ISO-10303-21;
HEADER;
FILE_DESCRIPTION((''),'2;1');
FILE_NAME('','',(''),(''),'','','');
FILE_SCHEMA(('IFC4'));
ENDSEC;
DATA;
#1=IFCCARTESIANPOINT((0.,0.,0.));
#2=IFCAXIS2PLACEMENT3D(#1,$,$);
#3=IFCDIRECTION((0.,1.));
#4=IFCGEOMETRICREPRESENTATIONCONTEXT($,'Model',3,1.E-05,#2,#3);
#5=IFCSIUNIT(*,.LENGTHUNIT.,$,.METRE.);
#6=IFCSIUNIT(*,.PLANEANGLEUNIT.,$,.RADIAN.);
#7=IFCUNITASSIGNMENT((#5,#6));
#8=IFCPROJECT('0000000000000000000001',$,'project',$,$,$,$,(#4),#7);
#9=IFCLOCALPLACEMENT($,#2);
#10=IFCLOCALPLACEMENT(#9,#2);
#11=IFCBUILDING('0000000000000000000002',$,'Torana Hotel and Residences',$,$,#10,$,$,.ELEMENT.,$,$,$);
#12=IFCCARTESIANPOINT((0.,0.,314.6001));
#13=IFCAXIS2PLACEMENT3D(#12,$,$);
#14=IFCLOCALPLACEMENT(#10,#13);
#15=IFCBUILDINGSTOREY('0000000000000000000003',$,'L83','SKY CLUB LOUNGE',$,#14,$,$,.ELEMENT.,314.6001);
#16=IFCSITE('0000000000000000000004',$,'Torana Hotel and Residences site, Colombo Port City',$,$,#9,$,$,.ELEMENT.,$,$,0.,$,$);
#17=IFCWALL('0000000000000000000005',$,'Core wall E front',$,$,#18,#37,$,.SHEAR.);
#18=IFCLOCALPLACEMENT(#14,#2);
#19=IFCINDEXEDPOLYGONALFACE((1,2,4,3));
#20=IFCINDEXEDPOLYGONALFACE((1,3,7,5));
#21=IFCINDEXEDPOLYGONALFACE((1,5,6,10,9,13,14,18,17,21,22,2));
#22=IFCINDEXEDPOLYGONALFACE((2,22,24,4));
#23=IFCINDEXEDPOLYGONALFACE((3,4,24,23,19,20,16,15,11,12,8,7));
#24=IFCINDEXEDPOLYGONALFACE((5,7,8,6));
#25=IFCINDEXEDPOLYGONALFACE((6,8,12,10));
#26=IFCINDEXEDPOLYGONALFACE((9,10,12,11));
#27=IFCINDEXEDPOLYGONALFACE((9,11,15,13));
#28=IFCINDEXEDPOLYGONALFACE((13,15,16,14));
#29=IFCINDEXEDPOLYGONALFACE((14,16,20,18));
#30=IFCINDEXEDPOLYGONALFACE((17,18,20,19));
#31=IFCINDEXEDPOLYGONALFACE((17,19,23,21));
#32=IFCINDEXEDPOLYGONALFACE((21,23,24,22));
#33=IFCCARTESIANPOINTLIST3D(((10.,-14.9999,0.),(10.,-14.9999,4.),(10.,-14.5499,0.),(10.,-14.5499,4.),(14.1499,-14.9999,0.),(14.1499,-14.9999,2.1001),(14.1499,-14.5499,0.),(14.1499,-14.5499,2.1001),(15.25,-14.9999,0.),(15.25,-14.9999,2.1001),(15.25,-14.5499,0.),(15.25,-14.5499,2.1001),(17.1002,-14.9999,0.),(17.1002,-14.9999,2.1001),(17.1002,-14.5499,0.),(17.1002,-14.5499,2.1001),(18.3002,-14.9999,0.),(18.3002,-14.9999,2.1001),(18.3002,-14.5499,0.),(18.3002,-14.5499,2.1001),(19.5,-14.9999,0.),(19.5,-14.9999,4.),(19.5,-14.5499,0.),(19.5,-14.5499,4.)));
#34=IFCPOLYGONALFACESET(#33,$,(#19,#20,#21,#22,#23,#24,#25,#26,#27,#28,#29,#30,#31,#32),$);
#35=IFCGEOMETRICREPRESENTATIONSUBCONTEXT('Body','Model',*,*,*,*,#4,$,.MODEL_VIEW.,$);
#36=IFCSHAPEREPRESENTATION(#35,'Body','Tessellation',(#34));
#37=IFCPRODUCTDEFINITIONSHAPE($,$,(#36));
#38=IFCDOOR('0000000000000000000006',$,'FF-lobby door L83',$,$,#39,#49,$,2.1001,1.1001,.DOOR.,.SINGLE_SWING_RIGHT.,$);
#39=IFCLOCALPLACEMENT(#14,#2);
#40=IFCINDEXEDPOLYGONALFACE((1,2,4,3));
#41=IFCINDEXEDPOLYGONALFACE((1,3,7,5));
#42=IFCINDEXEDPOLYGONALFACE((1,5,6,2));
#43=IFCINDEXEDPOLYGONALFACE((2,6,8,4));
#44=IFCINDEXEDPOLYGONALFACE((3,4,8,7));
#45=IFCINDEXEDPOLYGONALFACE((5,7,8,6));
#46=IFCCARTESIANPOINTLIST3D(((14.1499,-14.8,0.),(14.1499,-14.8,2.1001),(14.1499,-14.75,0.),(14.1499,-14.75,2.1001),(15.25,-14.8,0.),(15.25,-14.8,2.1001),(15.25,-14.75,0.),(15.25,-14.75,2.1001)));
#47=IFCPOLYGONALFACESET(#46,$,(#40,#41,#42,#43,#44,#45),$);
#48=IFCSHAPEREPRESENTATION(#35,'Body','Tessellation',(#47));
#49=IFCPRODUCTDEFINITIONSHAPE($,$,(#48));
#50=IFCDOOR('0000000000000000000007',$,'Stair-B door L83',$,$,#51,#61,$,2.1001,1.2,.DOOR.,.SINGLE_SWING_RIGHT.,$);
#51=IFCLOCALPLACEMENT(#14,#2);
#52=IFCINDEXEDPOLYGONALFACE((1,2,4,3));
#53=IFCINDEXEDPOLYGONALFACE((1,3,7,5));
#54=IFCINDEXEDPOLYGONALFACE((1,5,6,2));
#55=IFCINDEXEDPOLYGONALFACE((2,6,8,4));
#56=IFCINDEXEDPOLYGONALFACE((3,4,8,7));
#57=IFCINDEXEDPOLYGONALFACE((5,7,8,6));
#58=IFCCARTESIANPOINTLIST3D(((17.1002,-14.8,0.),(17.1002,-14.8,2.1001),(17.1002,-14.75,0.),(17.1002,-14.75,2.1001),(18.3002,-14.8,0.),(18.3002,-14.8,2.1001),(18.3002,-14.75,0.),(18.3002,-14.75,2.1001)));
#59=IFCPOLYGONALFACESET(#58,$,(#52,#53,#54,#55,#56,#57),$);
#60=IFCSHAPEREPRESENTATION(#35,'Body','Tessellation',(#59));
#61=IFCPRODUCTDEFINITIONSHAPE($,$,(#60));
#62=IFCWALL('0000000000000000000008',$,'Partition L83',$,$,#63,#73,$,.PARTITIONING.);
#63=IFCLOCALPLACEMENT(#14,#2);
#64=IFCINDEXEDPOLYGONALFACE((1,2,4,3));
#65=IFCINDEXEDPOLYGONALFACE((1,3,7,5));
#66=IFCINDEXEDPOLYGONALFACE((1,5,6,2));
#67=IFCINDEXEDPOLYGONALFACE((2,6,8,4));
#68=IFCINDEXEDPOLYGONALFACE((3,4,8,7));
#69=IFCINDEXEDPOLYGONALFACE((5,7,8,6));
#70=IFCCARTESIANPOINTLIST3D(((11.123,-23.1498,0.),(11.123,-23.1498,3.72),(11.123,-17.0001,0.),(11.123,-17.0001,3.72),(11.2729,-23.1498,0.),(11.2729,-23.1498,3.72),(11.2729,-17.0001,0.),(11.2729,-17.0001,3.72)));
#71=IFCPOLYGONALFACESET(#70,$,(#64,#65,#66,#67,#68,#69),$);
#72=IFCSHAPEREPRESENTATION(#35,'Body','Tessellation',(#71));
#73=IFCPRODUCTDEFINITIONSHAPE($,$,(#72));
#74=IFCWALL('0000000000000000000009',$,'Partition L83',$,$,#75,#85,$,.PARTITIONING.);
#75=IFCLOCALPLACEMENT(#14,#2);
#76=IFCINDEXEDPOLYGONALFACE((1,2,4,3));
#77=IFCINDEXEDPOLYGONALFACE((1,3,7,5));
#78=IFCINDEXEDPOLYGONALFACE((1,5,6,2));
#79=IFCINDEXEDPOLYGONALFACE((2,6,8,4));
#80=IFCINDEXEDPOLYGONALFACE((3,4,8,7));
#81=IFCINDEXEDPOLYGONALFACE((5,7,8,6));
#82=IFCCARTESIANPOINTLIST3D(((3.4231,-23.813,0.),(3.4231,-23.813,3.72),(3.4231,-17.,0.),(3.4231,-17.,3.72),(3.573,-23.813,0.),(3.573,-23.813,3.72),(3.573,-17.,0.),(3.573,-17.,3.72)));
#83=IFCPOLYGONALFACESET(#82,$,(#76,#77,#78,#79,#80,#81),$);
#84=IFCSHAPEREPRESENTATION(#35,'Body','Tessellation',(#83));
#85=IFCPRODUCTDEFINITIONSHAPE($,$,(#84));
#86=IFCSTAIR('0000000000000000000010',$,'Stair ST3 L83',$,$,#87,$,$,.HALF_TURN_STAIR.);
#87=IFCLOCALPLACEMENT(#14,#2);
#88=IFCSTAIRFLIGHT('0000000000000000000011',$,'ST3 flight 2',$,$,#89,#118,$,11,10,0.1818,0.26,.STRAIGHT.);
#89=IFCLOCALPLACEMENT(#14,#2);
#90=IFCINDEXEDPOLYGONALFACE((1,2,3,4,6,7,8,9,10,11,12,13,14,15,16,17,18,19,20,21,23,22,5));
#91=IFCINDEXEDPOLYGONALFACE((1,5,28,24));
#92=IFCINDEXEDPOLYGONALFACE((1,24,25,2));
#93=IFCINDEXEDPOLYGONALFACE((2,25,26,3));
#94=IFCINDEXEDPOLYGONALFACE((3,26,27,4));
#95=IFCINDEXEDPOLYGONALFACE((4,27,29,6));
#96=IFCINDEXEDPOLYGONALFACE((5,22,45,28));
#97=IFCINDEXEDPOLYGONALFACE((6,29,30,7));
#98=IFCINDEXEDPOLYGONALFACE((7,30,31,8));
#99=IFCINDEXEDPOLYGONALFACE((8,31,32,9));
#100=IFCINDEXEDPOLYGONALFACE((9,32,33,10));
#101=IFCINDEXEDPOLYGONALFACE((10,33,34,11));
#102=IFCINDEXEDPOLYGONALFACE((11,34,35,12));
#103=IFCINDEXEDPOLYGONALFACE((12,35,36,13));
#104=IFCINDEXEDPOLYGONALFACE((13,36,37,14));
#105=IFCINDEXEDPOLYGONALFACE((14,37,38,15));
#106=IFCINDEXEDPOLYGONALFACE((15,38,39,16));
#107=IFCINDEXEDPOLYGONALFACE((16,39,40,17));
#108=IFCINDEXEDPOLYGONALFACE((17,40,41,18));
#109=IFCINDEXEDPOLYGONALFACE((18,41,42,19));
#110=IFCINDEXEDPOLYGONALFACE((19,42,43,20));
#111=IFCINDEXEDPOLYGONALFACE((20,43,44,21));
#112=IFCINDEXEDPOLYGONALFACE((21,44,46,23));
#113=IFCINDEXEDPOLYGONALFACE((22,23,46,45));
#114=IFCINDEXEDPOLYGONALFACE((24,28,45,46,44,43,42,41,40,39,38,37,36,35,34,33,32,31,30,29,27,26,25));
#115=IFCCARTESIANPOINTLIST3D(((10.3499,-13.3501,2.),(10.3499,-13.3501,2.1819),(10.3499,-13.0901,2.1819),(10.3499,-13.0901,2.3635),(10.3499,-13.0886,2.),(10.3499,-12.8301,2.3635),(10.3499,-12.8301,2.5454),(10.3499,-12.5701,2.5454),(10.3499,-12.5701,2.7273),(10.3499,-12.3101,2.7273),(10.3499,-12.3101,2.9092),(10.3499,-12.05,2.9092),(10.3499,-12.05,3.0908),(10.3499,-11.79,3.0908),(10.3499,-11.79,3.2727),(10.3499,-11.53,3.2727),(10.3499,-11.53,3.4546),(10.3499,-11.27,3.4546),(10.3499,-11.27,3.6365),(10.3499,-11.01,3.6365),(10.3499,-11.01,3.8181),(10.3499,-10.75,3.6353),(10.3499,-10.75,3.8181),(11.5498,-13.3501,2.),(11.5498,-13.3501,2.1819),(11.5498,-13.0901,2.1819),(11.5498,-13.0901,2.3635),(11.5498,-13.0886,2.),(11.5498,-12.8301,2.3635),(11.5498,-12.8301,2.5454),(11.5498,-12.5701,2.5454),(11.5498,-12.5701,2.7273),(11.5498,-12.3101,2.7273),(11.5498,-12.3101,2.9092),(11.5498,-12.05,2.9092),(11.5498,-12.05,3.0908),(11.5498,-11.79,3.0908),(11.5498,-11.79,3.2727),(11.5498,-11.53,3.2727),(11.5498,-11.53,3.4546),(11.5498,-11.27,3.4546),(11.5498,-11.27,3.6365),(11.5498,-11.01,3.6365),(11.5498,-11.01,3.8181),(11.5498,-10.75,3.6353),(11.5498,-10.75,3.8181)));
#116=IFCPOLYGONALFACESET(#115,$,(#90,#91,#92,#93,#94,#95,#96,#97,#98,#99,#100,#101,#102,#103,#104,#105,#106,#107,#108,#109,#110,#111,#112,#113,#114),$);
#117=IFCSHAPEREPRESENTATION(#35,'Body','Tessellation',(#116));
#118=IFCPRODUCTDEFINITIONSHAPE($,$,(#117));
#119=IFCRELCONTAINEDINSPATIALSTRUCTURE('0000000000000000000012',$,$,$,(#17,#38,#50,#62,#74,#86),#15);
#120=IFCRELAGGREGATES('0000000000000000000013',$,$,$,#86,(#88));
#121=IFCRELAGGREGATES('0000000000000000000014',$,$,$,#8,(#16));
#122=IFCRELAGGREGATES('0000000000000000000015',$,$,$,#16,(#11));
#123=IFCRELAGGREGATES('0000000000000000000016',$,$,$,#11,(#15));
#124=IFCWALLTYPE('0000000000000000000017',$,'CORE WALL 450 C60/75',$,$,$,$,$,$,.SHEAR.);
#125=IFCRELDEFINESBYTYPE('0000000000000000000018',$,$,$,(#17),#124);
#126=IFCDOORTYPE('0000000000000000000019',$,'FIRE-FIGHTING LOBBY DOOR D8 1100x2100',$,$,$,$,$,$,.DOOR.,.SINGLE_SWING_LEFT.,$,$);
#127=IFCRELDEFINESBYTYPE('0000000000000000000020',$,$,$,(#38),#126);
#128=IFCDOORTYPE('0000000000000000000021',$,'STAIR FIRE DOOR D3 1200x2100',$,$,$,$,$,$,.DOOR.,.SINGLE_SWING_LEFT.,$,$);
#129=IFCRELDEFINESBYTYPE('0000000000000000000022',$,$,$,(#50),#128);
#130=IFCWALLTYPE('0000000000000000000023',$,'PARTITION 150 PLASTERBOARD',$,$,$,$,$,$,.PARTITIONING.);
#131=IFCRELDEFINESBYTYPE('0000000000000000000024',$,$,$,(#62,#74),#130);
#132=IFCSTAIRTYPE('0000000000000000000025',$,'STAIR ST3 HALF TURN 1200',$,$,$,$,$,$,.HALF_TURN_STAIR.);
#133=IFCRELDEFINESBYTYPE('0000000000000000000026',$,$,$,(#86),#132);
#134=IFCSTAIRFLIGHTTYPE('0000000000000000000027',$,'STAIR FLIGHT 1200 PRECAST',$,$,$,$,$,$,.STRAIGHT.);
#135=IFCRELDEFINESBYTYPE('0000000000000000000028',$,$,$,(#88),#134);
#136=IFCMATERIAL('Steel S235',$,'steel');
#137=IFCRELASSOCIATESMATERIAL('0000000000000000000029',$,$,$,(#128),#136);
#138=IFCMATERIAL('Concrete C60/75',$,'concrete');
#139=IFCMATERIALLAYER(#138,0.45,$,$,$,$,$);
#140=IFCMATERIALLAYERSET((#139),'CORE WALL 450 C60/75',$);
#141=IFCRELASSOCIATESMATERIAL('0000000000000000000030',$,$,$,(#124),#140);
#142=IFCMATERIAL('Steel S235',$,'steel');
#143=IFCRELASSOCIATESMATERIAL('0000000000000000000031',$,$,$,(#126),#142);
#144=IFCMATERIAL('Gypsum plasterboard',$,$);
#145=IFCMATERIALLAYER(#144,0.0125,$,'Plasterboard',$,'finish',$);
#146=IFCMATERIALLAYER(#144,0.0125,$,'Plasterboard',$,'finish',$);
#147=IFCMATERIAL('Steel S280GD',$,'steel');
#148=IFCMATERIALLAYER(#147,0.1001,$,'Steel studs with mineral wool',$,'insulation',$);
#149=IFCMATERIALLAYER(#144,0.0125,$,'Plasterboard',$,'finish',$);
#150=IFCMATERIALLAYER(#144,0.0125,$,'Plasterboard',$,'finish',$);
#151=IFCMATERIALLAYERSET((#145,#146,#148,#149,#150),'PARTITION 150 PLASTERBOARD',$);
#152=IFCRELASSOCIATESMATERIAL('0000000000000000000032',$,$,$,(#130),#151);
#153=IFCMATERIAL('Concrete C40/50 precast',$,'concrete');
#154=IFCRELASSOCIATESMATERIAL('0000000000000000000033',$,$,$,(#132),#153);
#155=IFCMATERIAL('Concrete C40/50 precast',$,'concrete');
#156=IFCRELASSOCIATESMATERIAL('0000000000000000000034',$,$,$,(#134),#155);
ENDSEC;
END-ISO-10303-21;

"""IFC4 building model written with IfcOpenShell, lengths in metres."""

from ifc_helpers import new_model, si_unit, direction, frame, frame_2d, origin, place, context, subcontext, project, spatial, polyline, rectangle, outline, extrude, material, layer, layer_set, type_object, element, fill, aggregate, save


model = new_model("IFC4")

# Units and contexts
model_context = context("Model", 3, precision=1e-05, world=origin(), true_north=direction((0.0, 1.0)))
body_context = subcontext(model_context, "Body", "Model", "MODEL_VIEW")
ifc_project = project(units=[si_unit("LENGTHUNIT", "METRE"), si_unit("PLANEANGLEUNIT", "RADIAN")], contexts=[model_context])

# Site, building, storey
site_placement = place(None, origin())
site = spatial("IfcSite", under=ifc_project, at=site_placement, Name="Torana Hotel and Residences site, Colombo Port City", CompositionType="ELEMENT", RefElevation=0.0)
building_placement = place(site_placement, origin())
building = spatial("IfcBuilding", under=site, at=building_placement, Name="Torana Hotel and Residences", CompositionType="ELEMENT")
storey_placement = place(building_placement, frame((0.0, 0.0, 314.6001)))
storey = spatial("IfcBuildingStorey", under=building, at=storey_placement, Name="L83", Description="SKY CLUB LOUNGE", CompositionType="ELEMENT", Elevation=314.6001)

# Wall, openings, doors
ifc_material_1 = material(Name="Steel S235", Category="steel")
door_type_1 = type_object("IfcDoorType", Name="STAIR FIRE DOOR D3 1200x2100", OperationType="SINGLE_SWING_LEFT", PredefinedType="DOOR", material=ifc_material_1)
ifc_material_2 = material(Name="Concrete C60/75", Category="concrete")
ifc_layer_1 = layer(ifc_material_2, 0.45)
ifc_layer_set_1 = layer_set([ifc_layer_1], Name="CORE WALL 450 C60/75")
wall_type_1 = type_object("IfcWallType", Name="CORE WALL 450 C60/75", PredefinedType="SHEAR", material=ifc_layer_set_1)
wall_1_placement = place(storey_placement, frame((10.0, -14.7749, 0.0), z_axis=(0.0, 0.0, 1.0), x_axis=(1.0, 0.0, 0.0)))
wall_1 = element("IfcWall", 1, at=wall_1_placement, inside=storey, type_object=wall_type_1, Name="Core wall E front", PredefinedType="SHEAR", context=body_context, shape_type="SweptSolid", body=[
    extrude(rectangle(XDim=9.5, YDim=0.45, at=frame_2d((4.75, 0.0))), origin(), (0.0, 0.0, 1.0), 4.0),
])
opening_1_placement = place(wall_1_placement, frame((7.1001, 0.0, 0.0)))
opening_1 = element("IfcOpeningElement", 2, at=opening_1_placement, cuts=wall_1, PredefinedType="OPENING", context=body_context, shape_type="SweptSolid", body=[
    extrude(rectangle(XDim=1.2, YDim=2.1001, at=frame_2d((0.6001, 1.05))), frame((0.0, 0.2349, 0.0), z_axis=(0.0, -1.0, 0.0), x_axis=(1.0, 0.0, 0.0)), (0.0, 0.0, 1.0), 0.47),
])
opening_2_placement = place(wall_1_placement, frame((4.1499, 0.0, 0.0)))
opening_2 = element("IfcOpeningElement", 3, at=opening_2_placement, cuts=wall_1, PredefinedType="OPENING", context=body_context, shape_type="SweptSolid", body=[
    extrude(rectangle(XDim=1.1001, YDim=2.1001, at=frame_2d((0.55, 1.05))), frame((0.0, 0.2349, 0.0), z_axis=(0.0, -1.0, 0.0), x_axis=(1.0, 0.0, 0.0)), (0.0, 0.0, 1.0), 0.47),
])
ifc_material_3 = material(Name="Steel S235", Category="steel")
door_type_2 = type_object("IfcDoorType", Name="FIRE-FIGHTING LOBBY DOOR D8 1100x2100", OperationType="SINGLE_SWING_LEFT", PredefinedType="DOOR", material=ifc_material_3)
door_1_placement = place(opening_2_placement, origin())
door_1 = element("IfcDoor", 4, at=door_1_placement, inside=storey, type_object=door_type_2, Name="FF-lobby door L83", OperationType="SINGLE_SWING_RIGHT", OverallHeight=2.1001, OverallWidth=1.1001, PredefinedType="DOOR", context=body_context, shape_type="SweptSolid", body=[
    extrude(rectangle(XDim=1.1001, YDim=2.1001, at=frame_2d((0.55, 1.05))), frame((0.0, 0.0249, 0.0), z_axis=(0.0, -1.0, 0.0), x_axis=(1.0, 0.0, 0.0)), (0.0, 0.0, 1.0), 0.05),
])
fill(opening_2, door_1)
door_2_placement = place(opening_1_placement, origin())
door_2 = element("IfcDoor", 5, at=door_2_placement, inside=storey, type_object=door_type_1, Name="Stair-B door L83", OperationType="SINGLE_SWING_RIGHT", OverallHeight=2.1001, OverallWidth=1.2, PredefinedType="DOOR", context=body_context, shape_type="SweptSolid", body=[
    extrude(rectangle(XDim=1.2, YDim=2.1001, at=frame_2d((0.6001, 1.05))), frame((0.0, 0.0249, 0.0), z_axis=(0.0, -1.0, 0.0), x_axis=(1.0, 0.0, 0.0)), (0.0, 0.0, 1.0), 0.05),
])
fill(opening_1, door_2)

# Walls
ifc_material_4 = material(Name="Gypsum plasterboard")
ifc_layer_2 = layer(ifc_material_4, 0.0125, Name="Plasterboard", Category="finish")
ifc_layer_3 = layer(ifc_material_4, 0.0125, Name="Plasterboard", Category="finish")
ifc_material_5 = material(Name="Steel S280GD", Category="steel")
ifc_layer_4 = layer(ifc_material_5, 0.1001, Name="Steel studs with mineral wool", Category="insulation")
ifc_layer_5 = layer(ifc_material_4, 0.0125, Name="Plasterboard", Category="finish")
ifc_layer_6 = layer(ifc_material_4, 0.0125, Name="Plasterboard", Category="finish")
ifc_layer_set_2 = layer_set([ifc_layer_2, ifc_layer_3, ifc_layer_4, ifc_layer_5, ifc_layer_6], Name="PARTITION 150 PLASTERBOARD")
wall_type_2 = type_object("IfcWallType", Name="PARTITION 150 PLASTERBOARD", PredefinedType="PARTITIONING", material=ifc_layer_set_2)
wall_2_placement = place(storey_placement, frame((11.198, -23.1497, 0.0), z_axis=(0.0, 0.0, 1.0), x_axis=(0.0, 1.0, 0.0)))
element("IfcWall", 6, at=wall_2_placement, inside=storey, type_object=wall_type_2, Name="Partition L83", PredefinedType="PARTITIONING", context=body_context, shape_type="SweptSolid", body=[
    extrude(rectangle(XDim=6.1497, YDim=0.1499, at=frame_2d((3.0747, 0.0))), origin(), (0.0, 0.0, 1.0), 3.72),
])
wall_3_placement = place(storey_placement, frame((3.498, -23.813, 0.0), z_axis=(0.0, 0.0, 1.0), x_axis=(0.0, 1.0, 0.0)))
element("IfcWall", 7, at=wall_3_placement, inside=storey, type_object=wall_type_2, Name="Partition L83", PredefinedType="PARTITIONING", context=body_context, shape_type="SweptSolid", body=[
    extrude(rectangle(XDim=6.813, YDim=0.1499, at=frame_2d((3.4065, 0.0))), origin(), (0.0, 0.0, 1.0), 3.72),
])

# Stair, stair flight
ifc_material_6 = material(Name="Concrete C40/50 precast", Category="concrete")
stair_type = type_object("IfcStairType", Name="STAIR ST3 HALF TURN 1200", PredefinedType="HALF_TURN_STAIR", material=ifc_material_6)
stair_placement = place(storey_placement, origin())
stair = element("IfcStair", 8, at=stair_placement, inside=storey, type_object=stair_type, Name="Stair ST3 L83", PredefinedType="HALF_TURN_STAIR")
ifc_material_7 = material(Name="Concrete C40/50 precast", Category="concrete")
stair_flight_type = type_object("IfcStairFlightType", Name="STAIR FLIGHT 1200 PRECAST", PredefinedType="STRAIGHT", material=ifc_material_7)
stair_flight_placement = place(storey_placement, frame((10.95, -13.3501, 2.0), z_axis=(0.0, 0.0, 1.0), x_axis=(0.0, 1.0, 0.0)))
stair_flight = element("IfcStairFlight", 9, at=stair_flight_placement, type_object=stair_flight_type, Name="ST3 flight 2", NumberOfRisers=11, NumberOfTreads=10, PredefinedType="STRAIGHT", RiserHeight=0.1818, TreadLength=0.26, context=body_context, shape_type="SweptSolid", body=[
    extrude(outline(polyline([(0.0, 0.0), (0.0, 0.1819), (0.26, 0.1819), (0.26, 0.3635), (0.52, 0.3635), (0.52, 0.5454), (0.78, 0.5454), (0.78, 0.7273), (1.04, 0.7273), (1.04, 0.9092), (1.3, 0.9092), (1.3, 1.0908), (1.5601, 1.0908), (1.5601, 1.2727), (1.8201, 1.2727), (1.8201, 1.4546), (2.0801, 1.4546), (2.0801, 1.6365), (2.3401, 1.6365), (2.3401, 1.8181), (2.6001, 1.8181), (2.6001, 2.0), (2.6001, 1.6353), (0.2615, 0.0), (0.0, 0.0)])), frame((0.0, 0.6001, 0.0), z_axis=(0.0, -1.0, 0.0), x_axis=(1.0, 0.0, 0.0)), (0.0, 0.0, 1.0), 1.2),
])
aggregate(stair, [stair_flight])

save(model, "model.ifc")
